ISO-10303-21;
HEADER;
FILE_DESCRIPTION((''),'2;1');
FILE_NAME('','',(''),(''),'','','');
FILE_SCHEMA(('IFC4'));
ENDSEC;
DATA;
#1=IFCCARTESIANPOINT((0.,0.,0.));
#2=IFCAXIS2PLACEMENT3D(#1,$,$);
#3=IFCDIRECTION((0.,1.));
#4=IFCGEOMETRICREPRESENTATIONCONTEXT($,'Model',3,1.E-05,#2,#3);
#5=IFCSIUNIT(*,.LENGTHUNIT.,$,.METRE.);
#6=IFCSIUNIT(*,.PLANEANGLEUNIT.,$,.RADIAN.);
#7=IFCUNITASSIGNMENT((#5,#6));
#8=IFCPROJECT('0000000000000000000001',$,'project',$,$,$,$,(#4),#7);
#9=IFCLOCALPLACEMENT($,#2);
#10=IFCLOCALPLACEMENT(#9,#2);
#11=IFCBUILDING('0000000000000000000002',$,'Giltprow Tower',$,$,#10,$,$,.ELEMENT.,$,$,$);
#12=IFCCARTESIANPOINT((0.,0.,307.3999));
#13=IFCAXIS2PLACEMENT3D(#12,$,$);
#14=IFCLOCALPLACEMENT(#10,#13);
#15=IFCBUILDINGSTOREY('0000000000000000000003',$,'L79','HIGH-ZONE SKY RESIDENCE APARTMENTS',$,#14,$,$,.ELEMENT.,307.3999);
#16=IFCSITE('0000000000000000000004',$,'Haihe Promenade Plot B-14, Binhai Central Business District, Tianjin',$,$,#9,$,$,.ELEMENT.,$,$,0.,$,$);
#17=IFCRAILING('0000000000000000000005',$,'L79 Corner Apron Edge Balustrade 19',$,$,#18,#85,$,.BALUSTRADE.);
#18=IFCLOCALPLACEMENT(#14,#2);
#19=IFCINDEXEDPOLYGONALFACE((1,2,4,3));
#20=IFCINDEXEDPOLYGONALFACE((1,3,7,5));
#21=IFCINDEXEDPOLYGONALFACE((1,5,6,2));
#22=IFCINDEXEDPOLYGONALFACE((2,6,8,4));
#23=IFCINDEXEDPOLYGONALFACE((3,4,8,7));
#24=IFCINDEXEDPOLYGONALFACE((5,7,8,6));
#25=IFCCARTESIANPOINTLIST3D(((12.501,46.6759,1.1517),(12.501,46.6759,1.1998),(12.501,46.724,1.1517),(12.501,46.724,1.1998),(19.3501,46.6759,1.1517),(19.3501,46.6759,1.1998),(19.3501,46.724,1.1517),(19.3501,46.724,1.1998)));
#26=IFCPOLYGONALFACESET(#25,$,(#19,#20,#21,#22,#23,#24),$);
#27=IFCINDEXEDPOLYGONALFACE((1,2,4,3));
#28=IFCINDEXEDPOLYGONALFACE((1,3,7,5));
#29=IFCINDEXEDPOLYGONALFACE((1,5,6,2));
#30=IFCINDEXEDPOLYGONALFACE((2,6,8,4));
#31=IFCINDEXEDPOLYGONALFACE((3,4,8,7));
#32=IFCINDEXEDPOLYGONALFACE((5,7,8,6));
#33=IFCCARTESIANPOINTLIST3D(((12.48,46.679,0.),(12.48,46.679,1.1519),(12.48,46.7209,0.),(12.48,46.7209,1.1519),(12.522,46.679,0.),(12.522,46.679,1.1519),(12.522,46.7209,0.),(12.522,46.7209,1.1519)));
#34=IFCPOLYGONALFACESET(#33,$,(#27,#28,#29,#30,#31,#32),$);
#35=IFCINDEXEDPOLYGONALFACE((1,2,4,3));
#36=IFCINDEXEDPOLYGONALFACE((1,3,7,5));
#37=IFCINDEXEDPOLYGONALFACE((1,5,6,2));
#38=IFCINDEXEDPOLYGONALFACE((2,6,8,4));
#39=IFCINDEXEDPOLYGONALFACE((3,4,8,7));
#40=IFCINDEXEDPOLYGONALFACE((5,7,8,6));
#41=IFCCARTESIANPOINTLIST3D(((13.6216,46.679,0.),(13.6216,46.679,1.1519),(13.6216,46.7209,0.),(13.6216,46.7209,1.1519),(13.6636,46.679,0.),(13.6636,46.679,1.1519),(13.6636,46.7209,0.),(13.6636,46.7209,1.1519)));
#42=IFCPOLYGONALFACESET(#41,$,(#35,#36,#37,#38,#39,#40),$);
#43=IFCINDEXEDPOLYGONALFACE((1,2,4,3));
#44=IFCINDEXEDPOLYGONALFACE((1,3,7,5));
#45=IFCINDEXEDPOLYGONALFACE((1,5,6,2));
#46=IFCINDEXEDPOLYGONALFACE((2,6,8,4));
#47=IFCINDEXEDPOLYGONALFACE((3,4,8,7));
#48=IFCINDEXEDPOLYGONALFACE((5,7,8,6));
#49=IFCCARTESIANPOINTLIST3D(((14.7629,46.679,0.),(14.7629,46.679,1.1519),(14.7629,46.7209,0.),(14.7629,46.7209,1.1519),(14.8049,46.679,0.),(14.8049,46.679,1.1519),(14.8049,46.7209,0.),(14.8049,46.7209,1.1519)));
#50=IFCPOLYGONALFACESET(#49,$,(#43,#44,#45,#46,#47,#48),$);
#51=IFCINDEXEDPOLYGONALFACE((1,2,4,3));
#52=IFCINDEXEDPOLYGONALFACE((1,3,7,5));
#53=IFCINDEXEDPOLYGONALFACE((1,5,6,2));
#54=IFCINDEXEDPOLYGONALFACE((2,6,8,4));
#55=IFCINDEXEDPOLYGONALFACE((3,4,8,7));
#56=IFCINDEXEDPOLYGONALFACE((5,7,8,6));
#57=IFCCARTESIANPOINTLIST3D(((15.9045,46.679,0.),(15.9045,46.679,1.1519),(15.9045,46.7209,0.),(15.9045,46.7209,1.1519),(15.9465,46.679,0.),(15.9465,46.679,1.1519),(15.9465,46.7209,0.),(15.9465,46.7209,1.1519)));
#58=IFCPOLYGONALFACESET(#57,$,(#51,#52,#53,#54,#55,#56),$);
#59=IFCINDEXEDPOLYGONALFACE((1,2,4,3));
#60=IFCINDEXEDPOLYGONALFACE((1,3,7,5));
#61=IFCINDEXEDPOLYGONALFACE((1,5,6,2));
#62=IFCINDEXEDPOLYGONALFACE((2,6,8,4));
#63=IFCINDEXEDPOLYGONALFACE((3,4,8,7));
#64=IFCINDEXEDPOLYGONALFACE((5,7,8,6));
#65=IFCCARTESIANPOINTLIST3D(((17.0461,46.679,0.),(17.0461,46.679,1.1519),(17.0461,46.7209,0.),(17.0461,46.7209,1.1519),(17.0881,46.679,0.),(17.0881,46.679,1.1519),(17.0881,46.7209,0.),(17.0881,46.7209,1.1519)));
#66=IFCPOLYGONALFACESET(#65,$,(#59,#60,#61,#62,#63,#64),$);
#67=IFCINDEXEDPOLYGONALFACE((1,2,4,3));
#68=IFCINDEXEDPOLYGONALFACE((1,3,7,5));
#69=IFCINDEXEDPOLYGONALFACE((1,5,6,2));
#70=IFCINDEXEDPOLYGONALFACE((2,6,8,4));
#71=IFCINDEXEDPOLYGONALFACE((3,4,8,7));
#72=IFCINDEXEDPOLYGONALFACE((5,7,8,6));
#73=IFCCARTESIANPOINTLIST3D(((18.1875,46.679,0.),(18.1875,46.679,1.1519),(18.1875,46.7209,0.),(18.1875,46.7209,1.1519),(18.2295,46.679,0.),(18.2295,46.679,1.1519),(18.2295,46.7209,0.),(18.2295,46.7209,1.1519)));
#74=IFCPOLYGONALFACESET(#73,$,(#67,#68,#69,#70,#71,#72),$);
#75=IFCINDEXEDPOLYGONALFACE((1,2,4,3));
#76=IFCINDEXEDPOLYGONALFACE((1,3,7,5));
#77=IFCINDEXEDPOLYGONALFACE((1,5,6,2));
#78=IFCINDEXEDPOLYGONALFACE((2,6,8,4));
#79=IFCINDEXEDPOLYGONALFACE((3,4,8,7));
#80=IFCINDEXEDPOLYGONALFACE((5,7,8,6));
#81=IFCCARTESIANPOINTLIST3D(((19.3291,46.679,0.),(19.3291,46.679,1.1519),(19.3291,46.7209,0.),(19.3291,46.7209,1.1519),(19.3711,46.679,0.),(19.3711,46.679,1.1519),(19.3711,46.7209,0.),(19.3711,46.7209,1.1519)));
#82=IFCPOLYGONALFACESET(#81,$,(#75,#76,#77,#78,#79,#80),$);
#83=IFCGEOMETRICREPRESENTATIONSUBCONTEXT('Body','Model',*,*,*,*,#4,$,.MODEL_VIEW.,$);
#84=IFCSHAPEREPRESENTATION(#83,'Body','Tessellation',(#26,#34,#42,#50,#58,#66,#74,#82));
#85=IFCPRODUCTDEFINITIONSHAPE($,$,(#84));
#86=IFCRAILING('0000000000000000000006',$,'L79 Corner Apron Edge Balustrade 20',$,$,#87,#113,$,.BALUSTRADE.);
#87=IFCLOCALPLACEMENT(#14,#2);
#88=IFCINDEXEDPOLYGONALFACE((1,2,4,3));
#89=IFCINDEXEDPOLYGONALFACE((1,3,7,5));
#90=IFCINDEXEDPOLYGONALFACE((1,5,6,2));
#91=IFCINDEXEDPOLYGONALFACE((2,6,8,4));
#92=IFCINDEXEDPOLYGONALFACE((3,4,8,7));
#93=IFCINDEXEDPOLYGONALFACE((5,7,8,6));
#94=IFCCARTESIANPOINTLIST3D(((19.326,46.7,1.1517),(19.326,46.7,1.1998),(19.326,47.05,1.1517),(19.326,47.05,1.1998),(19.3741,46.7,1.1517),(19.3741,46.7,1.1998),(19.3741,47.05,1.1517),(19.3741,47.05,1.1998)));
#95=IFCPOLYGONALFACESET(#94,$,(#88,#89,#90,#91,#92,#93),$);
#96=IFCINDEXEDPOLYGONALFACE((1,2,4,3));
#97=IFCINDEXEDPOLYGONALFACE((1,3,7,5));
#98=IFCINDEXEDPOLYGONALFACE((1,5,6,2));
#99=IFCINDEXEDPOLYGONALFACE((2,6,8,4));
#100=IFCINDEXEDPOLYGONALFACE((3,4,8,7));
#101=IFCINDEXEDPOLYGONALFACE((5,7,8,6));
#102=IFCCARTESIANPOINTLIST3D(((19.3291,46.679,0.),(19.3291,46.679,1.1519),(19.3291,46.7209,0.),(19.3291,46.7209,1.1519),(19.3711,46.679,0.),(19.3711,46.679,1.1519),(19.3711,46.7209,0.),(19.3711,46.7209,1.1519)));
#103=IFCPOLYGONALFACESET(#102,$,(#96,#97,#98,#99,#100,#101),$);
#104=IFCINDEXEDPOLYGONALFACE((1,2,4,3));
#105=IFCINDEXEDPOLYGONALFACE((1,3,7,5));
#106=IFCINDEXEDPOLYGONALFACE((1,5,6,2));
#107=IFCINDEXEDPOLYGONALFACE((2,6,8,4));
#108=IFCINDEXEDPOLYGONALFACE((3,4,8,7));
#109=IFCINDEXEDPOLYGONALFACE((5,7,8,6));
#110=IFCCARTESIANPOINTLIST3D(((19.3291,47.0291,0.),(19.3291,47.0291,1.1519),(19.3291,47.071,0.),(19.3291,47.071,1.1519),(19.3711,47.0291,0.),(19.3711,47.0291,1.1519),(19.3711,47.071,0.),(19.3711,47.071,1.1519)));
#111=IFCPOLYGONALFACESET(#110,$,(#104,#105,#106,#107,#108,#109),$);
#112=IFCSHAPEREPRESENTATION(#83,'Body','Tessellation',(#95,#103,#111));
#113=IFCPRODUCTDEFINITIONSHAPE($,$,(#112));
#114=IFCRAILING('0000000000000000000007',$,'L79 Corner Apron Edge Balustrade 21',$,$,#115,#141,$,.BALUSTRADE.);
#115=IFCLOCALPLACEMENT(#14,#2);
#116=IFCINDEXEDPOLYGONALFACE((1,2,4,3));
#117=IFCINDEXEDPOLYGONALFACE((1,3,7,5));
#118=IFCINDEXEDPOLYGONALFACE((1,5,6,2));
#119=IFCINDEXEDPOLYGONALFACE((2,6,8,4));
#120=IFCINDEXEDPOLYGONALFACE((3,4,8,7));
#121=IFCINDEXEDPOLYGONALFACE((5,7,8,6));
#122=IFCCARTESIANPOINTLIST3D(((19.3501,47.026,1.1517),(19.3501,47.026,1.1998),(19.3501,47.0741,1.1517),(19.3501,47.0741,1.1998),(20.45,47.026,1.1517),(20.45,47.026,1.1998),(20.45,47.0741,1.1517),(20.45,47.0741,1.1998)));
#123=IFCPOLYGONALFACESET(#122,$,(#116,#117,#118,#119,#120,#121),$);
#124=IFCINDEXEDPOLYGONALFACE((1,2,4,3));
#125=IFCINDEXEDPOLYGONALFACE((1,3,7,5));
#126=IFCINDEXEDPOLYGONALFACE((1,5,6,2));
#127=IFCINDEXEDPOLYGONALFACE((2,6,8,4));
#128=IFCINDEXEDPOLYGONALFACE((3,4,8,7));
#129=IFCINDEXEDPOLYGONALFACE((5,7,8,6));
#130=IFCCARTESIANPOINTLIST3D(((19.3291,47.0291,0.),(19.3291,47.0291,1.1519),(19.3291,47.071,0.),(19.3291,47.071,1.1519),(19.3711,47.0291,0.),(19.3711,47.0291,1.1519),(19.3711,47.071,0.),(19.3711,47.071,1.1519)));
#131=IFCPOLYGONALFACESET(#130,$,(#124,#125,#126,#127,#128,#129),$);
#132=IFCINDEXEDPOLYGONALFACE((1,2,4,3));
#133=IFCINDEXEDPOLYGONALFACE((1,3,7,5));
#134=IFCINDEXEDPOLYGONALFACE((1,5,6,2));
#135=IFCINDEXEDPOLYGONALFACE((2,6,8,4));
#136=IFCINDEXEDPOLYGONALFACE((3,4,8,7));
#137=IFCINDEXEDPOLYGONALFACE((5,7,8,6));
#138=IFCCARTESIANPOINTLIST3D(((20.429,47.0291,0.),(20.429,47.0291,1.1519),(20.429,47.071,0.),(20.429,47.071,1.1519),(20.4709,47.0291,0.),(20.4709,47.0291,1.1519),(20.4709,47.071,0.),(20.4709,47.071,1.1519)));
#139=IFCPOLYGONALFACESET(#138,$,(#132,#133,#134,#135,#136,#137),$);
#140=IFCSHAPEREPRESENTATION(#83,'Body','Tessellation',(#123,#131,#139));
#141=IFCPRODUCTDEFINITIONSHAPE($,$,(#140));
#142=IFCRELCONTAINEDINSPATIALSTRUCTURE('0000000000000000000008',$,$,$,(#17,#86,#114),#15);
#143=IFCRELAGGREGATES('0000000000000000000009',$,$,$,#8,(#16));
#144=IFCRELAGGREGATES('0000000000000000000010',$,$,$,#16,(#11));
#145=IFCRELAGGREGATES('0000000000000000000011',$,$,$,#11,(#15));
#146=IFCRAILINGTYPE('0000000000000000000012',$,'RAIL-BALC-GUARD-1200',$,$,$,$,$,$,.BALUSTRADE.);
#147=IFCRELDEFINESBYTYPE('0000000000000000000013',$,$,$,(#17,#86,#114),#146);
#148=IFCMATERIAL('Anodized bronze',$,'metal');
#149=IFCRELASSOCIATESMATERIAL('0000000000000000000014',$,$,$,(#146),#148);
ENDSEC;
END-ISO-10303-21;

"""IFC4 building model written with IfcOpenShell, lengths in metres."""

from ifc_helpers import new_model, si_unit, direction, frame, origin, origin_2d, place, context, subcontext, project, spatial, rectangle, extrude, material, type_object, element, save


model = new_model("IFC4")

# Units and contexts
model_context = context("Model", 3, precision=1e-05, world=origin(), true_north=direction((0.0, 1.0)))
body_context = subcontext(model_context, "Body", "Model", "MODEL_VIEW")
ifc_project = project(units=[si_unit("LENGTHUNIT", "METRE"), si_unit("PLANEANGLEUNIT", "RADIAN")], contexts=[model_context])

# Site, building, storey
site_placement = place(None, origin())
site = spatial("IfcSite", under=ifc_project, at=site_placement, Name="Haihe Promenade Plot B-14, Binhai Central Business District, Tianjin", CompositionType="ELEMENT", RefElevation=0.0)
building_placement = place(site_placement, origin())
building = spatial("IfcBuilding", under=site, at=building_placement, Name="Giltprow Tower", CompositionType="ELEMENT")
storey_placement = place(building_placement, frame((0.0, 0.0, 307.3999)))
storey = spatial("IfcBuildingStorey", under=building, at=storey_placement, Name="L79", Description="HIGH-ZONE SKY RESIDENCE APARTMENTS", CompositionType="ELEMENT", Elevation=307.3999)

# Railings
ifc_material_1 = material(Name="Anodized bronze", Category="metal")
railing_type = type_object("IfcRailingType", Name="RAIL-BALC-GUARD-1200", PredefinedType="BALUSTRADE", material=ifc_material_1)
railing_1_placement = place(storey_placement, frame((12.501, 46.7, 0.0)))
element("IfcRailing", 1, at=railing_1_placement, inside=storey, type_object=railing_type, Name="L79 Corner Apron Edge Balustrade 19", PredefinedType="BALUSTRADE", context=body_context, shape_type="SweptSolid", body=[
    extrude(rectangle(XDim=0.0481, YDim=0.0481, at=origin_2d()), frame((0.0, 0.0, 1.1758), z_axis=(1.0, 0.0, 0.0), x_axis=(0.0, 1.0, 0.0)), (0.0, 0.0, 1.0), 6.8491),
    extrude(rectangle(XDim=0.042, YDim=0.042, at=origin_2d()), origin(), (0.0, 0.0, 1.0), 1.1519),
    extrude(rectangle(XDim=0.042, YDim=0.042, at=origin_2d()), frame((1.1416, 0.0, 0.0)), (0.0, 0.0, 1.0), 1.1519),
    extrude(rectangle(XDim=0.042, YDim=0.042, at=origin_2d()), frame((2.283, 0.0, 0.0)), (0.0, 0.0, 1.0), 1.1519),
    extrude(rectangle(XDim=0.042, YDim=0.042, at=origin_2d()), frame((3.4246, 0.0, 0.0)), (0.0, 0.0, 1.0), 1.1519),
    extrude(rectangle(XDim=0.042, YDim=0.042, at=origin_2d()), frame((4.5662, 0.0, 0.0)), (0.0, 0.0, 1.0), 1.1519),
    extrude(rectangle(XDim=0.042, YDim=0.042, at=origin_2d()), frame((5.7075, 0.0, 0.0)), (0.0, 0.0, 1.0), 1.1519),
    extrude(rectangle(XDim=0.042, YDim=0.042, at=origin_2d()), frame((6.8491, 0.0, 0.0)), (0.0, 0.0, 1.0), 1.1519),
])
railing_2_placement = place(storey_placement, frame((19.3501, 46.7, 0.0)))
element("IfcRailing", 2, at=railing_2_placement, inside=storey, type_object=railing_type, Name="L79 Corner Apron Edge Balustrade 20", PredefinedType="BALUSTRADE", context=body_context, shape_type="SweptSolid", body=[
    extrude(rectangle(XDim=0.0481, YDim=0.0481, at=origin_2d()), frame((0.0, 0.0, 1.1758), z_axis=(0.0, 1.0, 0.0), x_axis=(-1.0, 0.0, 0.0)), (0.0, 0.0, 1.0), 0.3501),
    extrude(rectangle(XDim=0.042, YDim=0.042, at=origin_2d()), origin(), (0.0, 0.0, 1.0), 1.1519),
    extrude(rectangle(XDim=0.042, YDim=0.042, at=origin_2d()), frame((0.0, 0.3501, 0.0)), (0.0, 0.0, 1.0), 1.1519),
])
railing_3_placement = place(storey_placement, frame((19.3501, 47.05, 0.0)))
element("IfcRailing", 3, at=railing_3_placement, inside=storey, type_object=railing_type, Name="L79 Corner Apron Edge Balustrade 21", PredefinedType="BALUSTRADE", context=body_context, shape_type="SweptSolid", body=[
    extrude(rectangle(XDim=0.0481, YDim=0.0481, at=origin_2d()), frame((0.0, 0.0, 1.1758), z_axis=(1.0, 0.0, 0.0), x_axis=(0.0, 1.0, 0.0)), (0.0, 0.0, 1.0), 1.0999),
    extrude(rectangle(XDim=0.042, YDim=0.042, at=origin_2d()), origin(), (0.0, 0.0, 1.0), 1.1519),
    extrude(rectangle(XDim=0.042, YDim=0.042, at=origin_2d()), frame((1.0999, 0.0, 0.0)), (0.0, 0.0, 1.0), 1.1519),
])

save(model, "model.ifc")
